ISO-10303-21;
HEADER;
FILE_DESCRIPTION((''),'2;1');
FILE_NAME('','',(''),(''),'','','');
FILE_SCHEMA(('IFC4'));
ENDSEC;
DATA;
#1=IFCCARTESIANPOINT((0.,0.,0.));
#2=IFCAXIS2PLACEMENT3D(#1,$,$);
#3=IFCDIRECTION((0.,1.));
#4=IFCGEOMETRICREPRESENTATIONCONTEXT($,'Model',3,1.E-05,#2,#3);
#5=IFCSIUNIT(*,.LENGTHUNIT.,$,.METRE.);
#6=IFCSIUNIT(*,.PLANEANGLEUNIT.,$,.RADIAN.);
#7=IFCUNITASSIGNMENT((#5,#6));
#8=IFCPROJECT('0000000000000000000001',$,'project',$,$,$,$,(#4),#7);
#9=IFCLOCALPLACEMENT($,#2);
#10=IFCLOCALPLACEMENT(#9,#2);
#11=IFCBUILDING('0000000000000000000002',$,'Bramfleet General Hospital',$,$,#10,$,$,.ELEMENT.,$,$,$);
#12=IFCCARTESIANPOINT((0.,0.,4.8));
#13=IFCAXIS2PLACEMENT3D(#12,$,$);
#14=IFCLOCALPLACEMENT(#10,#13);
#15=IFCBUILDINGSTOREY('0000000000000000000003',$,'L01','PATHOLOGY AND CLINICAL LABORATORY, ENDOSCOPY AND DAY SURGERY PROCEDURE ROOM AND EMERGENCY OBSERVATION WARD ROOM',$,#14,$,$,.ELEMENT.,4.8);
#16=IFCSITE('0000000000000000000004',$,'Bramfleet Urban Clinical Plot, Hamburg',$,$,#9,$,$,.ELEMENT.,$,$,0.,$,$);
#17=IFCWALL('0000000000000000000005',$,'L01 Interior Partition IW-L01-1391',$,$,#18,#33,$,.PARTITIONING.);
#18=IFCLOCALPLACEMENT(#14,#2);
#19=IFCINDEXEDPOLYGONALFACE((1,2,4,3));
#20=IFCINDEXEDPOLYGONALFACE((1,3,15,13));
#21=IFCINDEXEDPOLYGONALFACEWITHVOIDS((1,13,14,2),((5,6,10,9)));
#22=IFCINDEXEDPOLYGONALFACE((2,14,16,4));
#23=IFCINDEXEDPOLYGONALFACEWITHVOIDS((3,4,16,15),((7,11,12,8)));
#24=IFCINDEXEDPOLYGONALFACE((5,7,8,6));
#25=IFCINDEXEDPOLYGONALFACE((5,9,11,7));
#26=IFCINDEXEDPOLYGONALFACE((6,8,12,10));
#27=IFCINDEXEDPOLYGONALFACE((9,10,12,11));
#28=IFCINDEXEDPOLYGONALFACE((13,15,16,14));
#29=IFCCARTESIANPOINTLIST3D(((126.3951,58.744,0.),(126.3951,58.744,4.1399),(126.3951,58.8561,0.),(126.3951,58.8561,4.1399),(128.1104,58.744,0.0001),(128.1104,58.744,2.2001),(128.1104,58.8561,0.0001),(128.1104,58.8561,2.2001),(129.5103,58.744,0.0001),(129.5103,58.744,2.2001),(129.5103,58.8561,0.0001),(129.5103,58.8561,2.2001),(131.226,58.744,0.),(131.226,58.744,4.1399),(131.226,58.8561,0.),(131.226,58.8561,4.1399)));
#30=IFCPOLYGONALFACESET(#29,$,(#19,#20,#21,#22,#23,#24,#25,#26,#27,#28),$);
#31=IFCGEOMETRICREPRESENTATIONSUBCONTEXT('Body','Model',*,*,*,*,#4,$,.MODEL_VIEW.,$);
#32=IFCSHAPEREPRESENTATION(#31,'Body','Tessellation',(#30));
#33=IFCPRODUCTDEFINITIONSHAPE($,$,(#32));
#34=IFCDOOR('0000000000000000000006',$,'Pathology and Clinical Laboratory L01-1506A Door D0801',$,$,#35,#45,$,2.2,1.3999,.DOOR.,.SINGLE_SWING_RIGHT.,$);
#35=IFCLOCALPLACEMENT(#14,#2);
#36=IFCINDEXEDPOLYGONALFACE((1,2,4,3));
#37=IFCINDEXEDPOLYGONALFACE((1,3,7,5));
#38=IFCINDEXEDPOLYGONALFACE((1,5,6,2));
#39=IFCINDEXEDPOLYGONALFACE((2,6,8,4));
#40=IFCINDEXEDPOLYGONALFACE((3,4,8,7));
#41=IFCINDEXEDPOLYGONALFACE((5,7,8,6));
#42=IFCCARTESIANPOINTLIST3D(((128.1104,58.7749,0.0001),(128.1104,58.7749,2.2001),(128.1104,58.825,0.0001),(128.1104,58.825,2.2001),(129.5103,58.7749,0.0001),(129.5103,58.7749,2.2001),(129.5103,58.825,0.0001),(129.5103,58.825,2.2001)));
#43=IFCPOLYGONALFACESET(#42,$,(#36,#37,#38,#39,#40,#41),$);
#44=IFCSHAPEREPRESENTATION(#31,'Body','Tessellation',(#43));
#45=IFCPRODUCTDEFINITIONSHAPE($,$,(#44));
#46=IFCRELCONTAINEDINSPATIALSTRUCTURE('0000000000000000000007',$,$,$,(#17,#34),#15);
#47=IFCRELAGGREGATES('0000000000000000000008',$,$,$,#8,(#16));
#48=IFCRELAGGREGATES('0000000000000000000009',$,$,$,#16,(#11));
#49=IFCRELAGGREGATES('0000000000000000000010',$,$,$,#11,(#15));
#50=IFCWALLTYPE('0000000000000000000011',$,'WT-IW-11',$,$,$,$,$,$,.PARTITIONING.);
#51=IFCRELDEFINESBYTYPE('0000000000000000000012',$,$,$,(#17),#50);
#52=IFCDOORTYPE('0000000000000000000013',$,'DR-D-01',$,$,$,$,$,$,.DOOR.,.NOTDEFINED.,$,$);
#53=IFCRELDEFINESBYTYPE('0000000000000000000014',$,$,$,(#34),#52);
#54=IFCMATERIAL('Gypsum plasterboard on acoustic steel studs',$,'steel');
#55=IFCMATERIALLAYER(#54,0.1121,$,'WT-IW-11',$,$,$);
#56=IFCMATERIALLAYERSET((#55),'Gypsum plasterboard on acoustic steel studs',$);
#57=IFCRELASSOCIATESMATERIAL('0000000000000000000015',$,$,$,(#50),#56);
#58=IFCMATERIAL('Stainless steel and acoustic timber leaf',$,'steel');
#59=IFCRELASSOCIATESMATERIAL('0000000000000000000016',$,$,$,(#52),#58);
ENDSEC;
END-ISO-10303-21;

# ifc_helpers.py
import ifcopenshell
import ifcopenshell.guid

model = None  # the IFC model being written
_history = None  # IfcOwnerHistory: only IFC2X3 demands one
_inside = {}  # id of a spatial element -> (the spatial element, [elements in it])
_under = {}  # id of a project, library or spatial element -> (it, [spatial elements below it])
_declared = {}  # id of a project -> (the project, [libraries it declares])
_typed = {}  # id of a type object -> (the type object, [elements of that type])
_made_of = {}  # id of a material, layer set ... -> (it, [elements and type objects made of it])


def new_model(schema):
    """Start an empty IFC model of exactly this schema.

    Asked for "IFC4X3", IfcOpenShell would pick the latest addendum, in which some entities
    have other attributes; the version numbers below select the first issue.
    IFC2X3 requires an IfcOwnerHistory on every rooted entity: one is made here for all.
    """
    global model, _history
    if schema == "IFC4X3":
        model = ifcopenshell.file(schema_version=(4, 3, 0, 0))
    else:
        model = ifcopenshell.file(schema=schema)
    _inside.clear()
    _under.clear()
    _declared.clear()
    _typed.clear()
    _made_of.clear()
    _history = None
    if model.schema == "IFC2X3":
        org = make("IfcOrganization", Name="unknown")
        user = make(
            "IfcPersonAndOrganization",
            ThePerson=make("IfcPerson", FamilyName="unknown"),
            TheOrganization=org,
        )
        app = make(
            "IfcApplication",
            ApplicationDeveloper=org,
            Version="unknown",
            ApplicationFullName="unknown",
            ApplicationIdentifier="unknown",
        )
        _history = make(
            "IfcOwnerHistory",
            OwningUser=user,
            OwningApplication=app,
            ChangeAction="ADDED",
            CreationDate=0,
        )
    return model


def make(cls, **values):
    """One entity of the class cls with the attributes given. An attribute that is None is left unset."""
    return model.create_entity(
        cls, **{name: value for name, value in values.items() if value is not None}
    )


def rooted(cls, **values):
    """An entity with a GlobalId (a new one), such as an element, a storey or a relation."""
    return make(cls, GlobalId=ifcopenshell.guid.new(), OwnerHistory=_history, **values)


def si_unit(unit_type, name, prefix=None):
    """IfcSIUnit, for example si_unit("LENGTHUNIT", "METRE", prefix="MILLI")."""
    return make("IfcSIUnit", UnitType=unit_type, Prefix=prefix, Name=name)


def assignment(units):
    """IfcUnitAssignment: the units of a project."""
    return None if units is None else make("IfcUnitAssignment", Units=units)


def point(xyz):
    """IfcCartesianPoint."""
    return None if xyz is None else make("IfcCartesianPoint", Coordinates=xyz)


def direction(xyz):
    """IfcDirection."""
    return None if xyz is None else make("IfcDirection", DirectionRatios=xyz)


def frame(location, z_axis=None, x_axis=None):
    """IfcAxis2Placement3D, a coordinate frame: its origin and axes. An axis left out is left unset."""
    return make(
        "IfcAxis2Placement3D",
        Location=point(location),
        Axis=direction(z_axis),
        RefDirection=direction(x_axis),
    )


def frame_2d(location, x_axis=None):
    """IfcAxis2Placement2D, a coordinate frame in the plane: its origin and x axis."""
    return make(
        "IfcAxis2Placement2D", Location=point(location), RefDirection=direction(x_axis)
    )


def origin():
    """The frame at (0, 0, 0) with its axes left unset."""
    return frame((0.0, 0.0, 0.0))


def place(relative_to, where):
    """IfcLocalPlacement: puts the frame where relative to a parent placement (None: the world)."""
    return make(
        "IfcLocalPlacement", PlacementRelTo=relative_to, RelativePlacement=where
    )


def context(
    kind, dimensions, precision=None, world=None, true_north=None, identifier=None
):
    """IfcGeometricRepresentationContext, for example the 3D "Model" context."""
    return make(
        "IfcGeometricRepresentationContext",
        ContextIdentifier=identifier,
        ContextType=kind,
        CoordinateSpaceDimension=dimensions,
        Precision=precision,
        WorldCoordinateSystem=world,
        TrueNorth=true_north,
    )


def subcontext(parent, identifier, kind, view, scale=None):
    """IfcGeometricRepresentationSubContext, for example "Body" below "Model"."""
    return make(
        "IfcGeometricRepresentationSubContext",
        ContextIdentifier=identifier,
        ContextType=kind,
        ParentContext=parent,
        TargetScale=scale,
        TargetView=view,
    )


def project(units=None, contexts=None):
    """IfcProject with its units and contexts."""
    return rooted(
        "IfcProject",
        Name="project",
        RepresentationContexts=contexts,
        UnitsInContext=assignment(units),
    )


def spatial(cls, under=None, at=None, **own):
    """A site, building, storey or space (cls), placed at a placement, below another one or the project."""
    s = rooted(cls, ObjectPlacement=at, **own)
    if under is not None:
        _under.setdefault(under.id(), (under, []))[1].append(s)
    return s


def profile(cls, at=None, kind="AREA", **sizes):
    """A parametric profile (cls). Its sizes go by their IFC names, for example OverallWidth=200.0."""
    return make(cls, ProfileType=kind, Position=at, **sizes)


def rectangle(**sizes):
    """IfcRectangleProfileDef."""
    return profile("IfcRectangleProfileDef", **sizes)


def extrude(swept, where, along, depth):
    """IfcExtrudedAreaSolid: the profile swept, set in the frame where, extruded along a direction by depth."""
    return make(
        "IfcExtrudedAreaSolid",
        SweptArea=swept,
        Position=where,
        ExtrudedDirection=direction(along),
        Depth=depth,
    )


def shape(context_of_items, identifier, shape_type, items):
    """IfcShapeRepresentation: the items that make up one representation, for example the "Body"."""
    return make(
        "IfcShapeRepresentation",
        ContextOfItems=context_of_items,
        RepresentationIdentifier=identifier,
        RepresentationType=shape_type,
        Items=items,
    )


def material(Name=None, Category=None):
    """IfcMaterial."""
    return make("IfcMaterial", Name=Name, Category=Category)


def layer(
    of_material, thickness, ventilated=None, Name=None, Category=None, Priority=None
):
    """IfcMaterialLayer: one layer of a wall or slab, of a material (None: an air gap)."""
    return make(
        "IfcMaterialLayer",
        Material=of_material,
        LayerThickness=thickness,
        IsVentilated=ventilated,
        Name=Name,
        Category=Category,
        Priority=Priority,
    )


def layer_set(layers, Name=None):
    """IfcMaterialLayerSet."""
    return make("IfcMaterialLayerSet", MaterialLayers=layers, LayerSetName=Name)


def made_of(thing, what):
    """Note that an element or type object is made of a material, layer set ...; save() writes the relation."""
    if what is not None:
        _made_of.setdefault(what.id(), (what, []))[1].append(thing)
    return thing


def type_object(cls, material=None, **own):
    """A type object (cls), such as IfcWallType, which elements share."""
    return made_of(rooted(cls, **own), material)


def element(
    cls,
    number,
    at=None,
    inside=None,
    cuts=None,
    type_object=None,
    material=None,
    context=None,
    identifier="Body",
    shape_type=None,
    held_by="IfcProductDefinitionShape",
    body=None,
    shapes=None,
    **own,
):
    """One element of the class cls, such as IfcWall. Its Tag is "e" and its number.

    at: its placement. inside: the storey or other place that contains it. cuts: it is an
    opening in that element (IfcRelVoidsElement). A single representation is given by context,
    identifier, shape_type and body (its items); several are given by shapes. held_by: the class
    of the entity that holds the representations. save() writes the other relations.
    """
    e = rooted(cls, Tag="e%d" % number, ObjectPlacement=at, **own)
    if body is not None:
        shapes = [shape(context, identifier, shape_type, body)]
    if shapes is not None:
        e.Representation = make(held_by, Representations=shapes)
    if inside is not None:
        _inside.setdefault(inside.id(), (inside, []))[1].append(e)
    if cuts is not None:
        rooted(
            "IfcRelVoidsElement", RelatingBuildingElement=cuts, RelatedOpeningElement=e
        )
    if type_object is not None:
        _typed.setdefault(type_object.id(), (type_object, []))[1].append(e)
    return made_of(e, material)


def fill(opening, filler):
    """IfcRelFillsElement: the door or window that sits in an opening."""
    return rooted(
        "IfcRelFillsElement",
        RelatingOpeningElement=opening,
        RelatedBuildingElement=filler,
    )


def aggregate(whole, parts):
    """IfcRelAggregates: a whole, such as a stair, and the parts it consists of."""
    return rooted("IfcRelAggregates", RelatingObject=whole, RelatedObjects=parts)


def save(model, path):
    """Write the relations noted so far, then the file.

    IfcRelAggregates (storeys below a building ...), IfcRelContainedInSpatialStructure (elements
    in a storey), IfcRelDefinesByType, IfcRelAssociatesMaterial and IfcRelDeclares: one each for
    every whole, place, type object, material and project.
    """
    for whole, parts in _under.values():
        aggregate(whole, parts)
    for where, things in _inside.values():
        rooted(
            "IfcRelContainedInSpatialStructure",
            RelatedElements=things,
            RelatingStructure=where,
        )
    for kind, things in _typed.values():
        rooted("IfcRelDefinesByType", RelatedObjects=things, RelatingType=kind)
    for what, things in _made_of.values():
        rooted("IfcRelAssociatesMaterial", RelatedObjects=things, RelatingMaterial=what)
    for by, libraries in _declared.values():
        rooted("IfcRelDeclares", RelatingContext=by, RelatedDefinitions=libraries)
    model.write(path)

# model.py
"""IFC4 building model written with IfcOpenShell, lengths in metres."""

from ifc_helpers import new_model, si_unit, direction, frame, frame_2d, origin, place, context, subcontext, project, spatial, rectangle, extrude, material, layer, layer_set, type_object, element, fill, save


model = new_model("IFC4")

# Units and contexts
model_context = context("Model", 3, precision=1e-05, world=origin(), true_north=direction((0.0, 1.0)))
body_context = subcontext(model_context, "Body", "Model", "MODEL_VIEW")
ifc_project = project(units=[si_unit("LENGTHUNIT", "METRE"), si_unit("PLANEANGLEUNIT", "RADIAN")], contexts=[model_context])

# Site, building, storey
site_placement = place(None, origin())
site = spatial("IfcSite", under=ifc_project, at=site_placement, Name="Bramfleet Urban Clinical Plot, Hamburg", CompositionType="ELEMENT", RefElevation=0.0)
building_placement = place(site_placement, origin())
building = spatial("IfcBuilding", under=site, at=building_placement, Name="Bramfleet General Hospital", CompositionType="ELEMENT")
storey_placement = place(building_placement, frame((0.0, 0.0, 4.8)))
storey = spatial("IfcBuildingStorey", under=building, at=storey_placement, Name="L01", Description="PATHOLOGY AND CLINICAL LABORATORY, ENDOSCOPY AND DAY SURGERY PROCEDURE ROOM AND EMERGENCY OBSERVATION WARD ROOM", CompositionType="ELEMENT", Elevation=4.8)

# Shared definitions
ifc_material_1 = material(Name="Stainless steel and acoustic timber leaf", Category="steel")

# Wall, opening, door
ifc_material_2 = material(Name="Gypsum plasterboard on acoustic steel studs", Category="steel")
ifc_layer_1 = layer(ifc_material_2, 0.1121, Name="WT-IW-11")
ifc_layer_set_1 = layer_set([ifc_layer_1], Name="Gypsum plasterboard on acoustic steel studs")
wall_type_1 = type_object("IfcWallType", Name="WT-IW-11", PredefinedType="PARTITIONING", material=ifc_layer_set_1)
wall_1_placement = place(storey_placement, frame((126.395, 58.8, 0.0), z_axis=(0.0, 0.0, 1.0), x_axis=(1.0, 0.0, 0.0)))
wall_1 = element("IfcWall", 1, at=wall_1_placement, inside=storey, type_object=wall_type_1, Name="L01 Interior Partition IW-L01-1391", PredefinedType="PARTITIONING", context=body_context, shape_type="SweptSolid", body=[
    extrude(rectangle(XDim=4.8308, YDim=0.1121, at=frame_2d((2.4155, 0.0))), origin(), (0.0, 0.0, 1.0), 4.1399),
])
opening_1_placement = place(wall_1_placement, frame((1.7153, 0.0, 0.0)))
opening_1 = element("IfcOpeningElement", 2, at=opening_1_placement, cuts=wall_1, PredefinedType="OPENING", context=body_context, shape_type="SweptSolid", body=[
    extrude(rectangle(XDim=1.3999, YDim=2.2, at=frame_2d((0.7, 1.1001))), frame((0.0, 0.0659, 0.0), z_axis=(0.0, -1.0, 0.0), x_axis=(1.0, 0.0, 0.0)), (0.0, 0.0, 1.0), 0.1321),
])
door_type_1 = type_object("IfcDoorType", Name="DR-D-01", OperationType="NOTDEFINED", PredefinedType="DOOR", material=ifc_material_1)
door_1_placement = place(opening_1_placement, origin())
door_1 = element("IfcDoor", 3, at=door_1_placement, inside=storey, type_object=door_type_1, Name="Pathology and Clinical Laboratory L01-1506A Door D0801", OperationType="SINGLE_SWING_RIGHT", OverallHeight=2.2, OverallWidth=1.3999, PredefinedType="DOOR", context=body_context, shape_type="SweptSolid", body=[
    extrude(rectangle(XDim=1.3999, YDim=2.2, at=frame_2d((0.7, 1.1001))), frame((0.0, 0.0249, 0.0), z_axis=(0.0, -1.0, 0.0), x_axis=(1.0, 0.0, 0.0)), (0.0, 0.0, 1.0), 0.05),
])
fill(opening_1, door_1)

save(model, "model.ifc")
